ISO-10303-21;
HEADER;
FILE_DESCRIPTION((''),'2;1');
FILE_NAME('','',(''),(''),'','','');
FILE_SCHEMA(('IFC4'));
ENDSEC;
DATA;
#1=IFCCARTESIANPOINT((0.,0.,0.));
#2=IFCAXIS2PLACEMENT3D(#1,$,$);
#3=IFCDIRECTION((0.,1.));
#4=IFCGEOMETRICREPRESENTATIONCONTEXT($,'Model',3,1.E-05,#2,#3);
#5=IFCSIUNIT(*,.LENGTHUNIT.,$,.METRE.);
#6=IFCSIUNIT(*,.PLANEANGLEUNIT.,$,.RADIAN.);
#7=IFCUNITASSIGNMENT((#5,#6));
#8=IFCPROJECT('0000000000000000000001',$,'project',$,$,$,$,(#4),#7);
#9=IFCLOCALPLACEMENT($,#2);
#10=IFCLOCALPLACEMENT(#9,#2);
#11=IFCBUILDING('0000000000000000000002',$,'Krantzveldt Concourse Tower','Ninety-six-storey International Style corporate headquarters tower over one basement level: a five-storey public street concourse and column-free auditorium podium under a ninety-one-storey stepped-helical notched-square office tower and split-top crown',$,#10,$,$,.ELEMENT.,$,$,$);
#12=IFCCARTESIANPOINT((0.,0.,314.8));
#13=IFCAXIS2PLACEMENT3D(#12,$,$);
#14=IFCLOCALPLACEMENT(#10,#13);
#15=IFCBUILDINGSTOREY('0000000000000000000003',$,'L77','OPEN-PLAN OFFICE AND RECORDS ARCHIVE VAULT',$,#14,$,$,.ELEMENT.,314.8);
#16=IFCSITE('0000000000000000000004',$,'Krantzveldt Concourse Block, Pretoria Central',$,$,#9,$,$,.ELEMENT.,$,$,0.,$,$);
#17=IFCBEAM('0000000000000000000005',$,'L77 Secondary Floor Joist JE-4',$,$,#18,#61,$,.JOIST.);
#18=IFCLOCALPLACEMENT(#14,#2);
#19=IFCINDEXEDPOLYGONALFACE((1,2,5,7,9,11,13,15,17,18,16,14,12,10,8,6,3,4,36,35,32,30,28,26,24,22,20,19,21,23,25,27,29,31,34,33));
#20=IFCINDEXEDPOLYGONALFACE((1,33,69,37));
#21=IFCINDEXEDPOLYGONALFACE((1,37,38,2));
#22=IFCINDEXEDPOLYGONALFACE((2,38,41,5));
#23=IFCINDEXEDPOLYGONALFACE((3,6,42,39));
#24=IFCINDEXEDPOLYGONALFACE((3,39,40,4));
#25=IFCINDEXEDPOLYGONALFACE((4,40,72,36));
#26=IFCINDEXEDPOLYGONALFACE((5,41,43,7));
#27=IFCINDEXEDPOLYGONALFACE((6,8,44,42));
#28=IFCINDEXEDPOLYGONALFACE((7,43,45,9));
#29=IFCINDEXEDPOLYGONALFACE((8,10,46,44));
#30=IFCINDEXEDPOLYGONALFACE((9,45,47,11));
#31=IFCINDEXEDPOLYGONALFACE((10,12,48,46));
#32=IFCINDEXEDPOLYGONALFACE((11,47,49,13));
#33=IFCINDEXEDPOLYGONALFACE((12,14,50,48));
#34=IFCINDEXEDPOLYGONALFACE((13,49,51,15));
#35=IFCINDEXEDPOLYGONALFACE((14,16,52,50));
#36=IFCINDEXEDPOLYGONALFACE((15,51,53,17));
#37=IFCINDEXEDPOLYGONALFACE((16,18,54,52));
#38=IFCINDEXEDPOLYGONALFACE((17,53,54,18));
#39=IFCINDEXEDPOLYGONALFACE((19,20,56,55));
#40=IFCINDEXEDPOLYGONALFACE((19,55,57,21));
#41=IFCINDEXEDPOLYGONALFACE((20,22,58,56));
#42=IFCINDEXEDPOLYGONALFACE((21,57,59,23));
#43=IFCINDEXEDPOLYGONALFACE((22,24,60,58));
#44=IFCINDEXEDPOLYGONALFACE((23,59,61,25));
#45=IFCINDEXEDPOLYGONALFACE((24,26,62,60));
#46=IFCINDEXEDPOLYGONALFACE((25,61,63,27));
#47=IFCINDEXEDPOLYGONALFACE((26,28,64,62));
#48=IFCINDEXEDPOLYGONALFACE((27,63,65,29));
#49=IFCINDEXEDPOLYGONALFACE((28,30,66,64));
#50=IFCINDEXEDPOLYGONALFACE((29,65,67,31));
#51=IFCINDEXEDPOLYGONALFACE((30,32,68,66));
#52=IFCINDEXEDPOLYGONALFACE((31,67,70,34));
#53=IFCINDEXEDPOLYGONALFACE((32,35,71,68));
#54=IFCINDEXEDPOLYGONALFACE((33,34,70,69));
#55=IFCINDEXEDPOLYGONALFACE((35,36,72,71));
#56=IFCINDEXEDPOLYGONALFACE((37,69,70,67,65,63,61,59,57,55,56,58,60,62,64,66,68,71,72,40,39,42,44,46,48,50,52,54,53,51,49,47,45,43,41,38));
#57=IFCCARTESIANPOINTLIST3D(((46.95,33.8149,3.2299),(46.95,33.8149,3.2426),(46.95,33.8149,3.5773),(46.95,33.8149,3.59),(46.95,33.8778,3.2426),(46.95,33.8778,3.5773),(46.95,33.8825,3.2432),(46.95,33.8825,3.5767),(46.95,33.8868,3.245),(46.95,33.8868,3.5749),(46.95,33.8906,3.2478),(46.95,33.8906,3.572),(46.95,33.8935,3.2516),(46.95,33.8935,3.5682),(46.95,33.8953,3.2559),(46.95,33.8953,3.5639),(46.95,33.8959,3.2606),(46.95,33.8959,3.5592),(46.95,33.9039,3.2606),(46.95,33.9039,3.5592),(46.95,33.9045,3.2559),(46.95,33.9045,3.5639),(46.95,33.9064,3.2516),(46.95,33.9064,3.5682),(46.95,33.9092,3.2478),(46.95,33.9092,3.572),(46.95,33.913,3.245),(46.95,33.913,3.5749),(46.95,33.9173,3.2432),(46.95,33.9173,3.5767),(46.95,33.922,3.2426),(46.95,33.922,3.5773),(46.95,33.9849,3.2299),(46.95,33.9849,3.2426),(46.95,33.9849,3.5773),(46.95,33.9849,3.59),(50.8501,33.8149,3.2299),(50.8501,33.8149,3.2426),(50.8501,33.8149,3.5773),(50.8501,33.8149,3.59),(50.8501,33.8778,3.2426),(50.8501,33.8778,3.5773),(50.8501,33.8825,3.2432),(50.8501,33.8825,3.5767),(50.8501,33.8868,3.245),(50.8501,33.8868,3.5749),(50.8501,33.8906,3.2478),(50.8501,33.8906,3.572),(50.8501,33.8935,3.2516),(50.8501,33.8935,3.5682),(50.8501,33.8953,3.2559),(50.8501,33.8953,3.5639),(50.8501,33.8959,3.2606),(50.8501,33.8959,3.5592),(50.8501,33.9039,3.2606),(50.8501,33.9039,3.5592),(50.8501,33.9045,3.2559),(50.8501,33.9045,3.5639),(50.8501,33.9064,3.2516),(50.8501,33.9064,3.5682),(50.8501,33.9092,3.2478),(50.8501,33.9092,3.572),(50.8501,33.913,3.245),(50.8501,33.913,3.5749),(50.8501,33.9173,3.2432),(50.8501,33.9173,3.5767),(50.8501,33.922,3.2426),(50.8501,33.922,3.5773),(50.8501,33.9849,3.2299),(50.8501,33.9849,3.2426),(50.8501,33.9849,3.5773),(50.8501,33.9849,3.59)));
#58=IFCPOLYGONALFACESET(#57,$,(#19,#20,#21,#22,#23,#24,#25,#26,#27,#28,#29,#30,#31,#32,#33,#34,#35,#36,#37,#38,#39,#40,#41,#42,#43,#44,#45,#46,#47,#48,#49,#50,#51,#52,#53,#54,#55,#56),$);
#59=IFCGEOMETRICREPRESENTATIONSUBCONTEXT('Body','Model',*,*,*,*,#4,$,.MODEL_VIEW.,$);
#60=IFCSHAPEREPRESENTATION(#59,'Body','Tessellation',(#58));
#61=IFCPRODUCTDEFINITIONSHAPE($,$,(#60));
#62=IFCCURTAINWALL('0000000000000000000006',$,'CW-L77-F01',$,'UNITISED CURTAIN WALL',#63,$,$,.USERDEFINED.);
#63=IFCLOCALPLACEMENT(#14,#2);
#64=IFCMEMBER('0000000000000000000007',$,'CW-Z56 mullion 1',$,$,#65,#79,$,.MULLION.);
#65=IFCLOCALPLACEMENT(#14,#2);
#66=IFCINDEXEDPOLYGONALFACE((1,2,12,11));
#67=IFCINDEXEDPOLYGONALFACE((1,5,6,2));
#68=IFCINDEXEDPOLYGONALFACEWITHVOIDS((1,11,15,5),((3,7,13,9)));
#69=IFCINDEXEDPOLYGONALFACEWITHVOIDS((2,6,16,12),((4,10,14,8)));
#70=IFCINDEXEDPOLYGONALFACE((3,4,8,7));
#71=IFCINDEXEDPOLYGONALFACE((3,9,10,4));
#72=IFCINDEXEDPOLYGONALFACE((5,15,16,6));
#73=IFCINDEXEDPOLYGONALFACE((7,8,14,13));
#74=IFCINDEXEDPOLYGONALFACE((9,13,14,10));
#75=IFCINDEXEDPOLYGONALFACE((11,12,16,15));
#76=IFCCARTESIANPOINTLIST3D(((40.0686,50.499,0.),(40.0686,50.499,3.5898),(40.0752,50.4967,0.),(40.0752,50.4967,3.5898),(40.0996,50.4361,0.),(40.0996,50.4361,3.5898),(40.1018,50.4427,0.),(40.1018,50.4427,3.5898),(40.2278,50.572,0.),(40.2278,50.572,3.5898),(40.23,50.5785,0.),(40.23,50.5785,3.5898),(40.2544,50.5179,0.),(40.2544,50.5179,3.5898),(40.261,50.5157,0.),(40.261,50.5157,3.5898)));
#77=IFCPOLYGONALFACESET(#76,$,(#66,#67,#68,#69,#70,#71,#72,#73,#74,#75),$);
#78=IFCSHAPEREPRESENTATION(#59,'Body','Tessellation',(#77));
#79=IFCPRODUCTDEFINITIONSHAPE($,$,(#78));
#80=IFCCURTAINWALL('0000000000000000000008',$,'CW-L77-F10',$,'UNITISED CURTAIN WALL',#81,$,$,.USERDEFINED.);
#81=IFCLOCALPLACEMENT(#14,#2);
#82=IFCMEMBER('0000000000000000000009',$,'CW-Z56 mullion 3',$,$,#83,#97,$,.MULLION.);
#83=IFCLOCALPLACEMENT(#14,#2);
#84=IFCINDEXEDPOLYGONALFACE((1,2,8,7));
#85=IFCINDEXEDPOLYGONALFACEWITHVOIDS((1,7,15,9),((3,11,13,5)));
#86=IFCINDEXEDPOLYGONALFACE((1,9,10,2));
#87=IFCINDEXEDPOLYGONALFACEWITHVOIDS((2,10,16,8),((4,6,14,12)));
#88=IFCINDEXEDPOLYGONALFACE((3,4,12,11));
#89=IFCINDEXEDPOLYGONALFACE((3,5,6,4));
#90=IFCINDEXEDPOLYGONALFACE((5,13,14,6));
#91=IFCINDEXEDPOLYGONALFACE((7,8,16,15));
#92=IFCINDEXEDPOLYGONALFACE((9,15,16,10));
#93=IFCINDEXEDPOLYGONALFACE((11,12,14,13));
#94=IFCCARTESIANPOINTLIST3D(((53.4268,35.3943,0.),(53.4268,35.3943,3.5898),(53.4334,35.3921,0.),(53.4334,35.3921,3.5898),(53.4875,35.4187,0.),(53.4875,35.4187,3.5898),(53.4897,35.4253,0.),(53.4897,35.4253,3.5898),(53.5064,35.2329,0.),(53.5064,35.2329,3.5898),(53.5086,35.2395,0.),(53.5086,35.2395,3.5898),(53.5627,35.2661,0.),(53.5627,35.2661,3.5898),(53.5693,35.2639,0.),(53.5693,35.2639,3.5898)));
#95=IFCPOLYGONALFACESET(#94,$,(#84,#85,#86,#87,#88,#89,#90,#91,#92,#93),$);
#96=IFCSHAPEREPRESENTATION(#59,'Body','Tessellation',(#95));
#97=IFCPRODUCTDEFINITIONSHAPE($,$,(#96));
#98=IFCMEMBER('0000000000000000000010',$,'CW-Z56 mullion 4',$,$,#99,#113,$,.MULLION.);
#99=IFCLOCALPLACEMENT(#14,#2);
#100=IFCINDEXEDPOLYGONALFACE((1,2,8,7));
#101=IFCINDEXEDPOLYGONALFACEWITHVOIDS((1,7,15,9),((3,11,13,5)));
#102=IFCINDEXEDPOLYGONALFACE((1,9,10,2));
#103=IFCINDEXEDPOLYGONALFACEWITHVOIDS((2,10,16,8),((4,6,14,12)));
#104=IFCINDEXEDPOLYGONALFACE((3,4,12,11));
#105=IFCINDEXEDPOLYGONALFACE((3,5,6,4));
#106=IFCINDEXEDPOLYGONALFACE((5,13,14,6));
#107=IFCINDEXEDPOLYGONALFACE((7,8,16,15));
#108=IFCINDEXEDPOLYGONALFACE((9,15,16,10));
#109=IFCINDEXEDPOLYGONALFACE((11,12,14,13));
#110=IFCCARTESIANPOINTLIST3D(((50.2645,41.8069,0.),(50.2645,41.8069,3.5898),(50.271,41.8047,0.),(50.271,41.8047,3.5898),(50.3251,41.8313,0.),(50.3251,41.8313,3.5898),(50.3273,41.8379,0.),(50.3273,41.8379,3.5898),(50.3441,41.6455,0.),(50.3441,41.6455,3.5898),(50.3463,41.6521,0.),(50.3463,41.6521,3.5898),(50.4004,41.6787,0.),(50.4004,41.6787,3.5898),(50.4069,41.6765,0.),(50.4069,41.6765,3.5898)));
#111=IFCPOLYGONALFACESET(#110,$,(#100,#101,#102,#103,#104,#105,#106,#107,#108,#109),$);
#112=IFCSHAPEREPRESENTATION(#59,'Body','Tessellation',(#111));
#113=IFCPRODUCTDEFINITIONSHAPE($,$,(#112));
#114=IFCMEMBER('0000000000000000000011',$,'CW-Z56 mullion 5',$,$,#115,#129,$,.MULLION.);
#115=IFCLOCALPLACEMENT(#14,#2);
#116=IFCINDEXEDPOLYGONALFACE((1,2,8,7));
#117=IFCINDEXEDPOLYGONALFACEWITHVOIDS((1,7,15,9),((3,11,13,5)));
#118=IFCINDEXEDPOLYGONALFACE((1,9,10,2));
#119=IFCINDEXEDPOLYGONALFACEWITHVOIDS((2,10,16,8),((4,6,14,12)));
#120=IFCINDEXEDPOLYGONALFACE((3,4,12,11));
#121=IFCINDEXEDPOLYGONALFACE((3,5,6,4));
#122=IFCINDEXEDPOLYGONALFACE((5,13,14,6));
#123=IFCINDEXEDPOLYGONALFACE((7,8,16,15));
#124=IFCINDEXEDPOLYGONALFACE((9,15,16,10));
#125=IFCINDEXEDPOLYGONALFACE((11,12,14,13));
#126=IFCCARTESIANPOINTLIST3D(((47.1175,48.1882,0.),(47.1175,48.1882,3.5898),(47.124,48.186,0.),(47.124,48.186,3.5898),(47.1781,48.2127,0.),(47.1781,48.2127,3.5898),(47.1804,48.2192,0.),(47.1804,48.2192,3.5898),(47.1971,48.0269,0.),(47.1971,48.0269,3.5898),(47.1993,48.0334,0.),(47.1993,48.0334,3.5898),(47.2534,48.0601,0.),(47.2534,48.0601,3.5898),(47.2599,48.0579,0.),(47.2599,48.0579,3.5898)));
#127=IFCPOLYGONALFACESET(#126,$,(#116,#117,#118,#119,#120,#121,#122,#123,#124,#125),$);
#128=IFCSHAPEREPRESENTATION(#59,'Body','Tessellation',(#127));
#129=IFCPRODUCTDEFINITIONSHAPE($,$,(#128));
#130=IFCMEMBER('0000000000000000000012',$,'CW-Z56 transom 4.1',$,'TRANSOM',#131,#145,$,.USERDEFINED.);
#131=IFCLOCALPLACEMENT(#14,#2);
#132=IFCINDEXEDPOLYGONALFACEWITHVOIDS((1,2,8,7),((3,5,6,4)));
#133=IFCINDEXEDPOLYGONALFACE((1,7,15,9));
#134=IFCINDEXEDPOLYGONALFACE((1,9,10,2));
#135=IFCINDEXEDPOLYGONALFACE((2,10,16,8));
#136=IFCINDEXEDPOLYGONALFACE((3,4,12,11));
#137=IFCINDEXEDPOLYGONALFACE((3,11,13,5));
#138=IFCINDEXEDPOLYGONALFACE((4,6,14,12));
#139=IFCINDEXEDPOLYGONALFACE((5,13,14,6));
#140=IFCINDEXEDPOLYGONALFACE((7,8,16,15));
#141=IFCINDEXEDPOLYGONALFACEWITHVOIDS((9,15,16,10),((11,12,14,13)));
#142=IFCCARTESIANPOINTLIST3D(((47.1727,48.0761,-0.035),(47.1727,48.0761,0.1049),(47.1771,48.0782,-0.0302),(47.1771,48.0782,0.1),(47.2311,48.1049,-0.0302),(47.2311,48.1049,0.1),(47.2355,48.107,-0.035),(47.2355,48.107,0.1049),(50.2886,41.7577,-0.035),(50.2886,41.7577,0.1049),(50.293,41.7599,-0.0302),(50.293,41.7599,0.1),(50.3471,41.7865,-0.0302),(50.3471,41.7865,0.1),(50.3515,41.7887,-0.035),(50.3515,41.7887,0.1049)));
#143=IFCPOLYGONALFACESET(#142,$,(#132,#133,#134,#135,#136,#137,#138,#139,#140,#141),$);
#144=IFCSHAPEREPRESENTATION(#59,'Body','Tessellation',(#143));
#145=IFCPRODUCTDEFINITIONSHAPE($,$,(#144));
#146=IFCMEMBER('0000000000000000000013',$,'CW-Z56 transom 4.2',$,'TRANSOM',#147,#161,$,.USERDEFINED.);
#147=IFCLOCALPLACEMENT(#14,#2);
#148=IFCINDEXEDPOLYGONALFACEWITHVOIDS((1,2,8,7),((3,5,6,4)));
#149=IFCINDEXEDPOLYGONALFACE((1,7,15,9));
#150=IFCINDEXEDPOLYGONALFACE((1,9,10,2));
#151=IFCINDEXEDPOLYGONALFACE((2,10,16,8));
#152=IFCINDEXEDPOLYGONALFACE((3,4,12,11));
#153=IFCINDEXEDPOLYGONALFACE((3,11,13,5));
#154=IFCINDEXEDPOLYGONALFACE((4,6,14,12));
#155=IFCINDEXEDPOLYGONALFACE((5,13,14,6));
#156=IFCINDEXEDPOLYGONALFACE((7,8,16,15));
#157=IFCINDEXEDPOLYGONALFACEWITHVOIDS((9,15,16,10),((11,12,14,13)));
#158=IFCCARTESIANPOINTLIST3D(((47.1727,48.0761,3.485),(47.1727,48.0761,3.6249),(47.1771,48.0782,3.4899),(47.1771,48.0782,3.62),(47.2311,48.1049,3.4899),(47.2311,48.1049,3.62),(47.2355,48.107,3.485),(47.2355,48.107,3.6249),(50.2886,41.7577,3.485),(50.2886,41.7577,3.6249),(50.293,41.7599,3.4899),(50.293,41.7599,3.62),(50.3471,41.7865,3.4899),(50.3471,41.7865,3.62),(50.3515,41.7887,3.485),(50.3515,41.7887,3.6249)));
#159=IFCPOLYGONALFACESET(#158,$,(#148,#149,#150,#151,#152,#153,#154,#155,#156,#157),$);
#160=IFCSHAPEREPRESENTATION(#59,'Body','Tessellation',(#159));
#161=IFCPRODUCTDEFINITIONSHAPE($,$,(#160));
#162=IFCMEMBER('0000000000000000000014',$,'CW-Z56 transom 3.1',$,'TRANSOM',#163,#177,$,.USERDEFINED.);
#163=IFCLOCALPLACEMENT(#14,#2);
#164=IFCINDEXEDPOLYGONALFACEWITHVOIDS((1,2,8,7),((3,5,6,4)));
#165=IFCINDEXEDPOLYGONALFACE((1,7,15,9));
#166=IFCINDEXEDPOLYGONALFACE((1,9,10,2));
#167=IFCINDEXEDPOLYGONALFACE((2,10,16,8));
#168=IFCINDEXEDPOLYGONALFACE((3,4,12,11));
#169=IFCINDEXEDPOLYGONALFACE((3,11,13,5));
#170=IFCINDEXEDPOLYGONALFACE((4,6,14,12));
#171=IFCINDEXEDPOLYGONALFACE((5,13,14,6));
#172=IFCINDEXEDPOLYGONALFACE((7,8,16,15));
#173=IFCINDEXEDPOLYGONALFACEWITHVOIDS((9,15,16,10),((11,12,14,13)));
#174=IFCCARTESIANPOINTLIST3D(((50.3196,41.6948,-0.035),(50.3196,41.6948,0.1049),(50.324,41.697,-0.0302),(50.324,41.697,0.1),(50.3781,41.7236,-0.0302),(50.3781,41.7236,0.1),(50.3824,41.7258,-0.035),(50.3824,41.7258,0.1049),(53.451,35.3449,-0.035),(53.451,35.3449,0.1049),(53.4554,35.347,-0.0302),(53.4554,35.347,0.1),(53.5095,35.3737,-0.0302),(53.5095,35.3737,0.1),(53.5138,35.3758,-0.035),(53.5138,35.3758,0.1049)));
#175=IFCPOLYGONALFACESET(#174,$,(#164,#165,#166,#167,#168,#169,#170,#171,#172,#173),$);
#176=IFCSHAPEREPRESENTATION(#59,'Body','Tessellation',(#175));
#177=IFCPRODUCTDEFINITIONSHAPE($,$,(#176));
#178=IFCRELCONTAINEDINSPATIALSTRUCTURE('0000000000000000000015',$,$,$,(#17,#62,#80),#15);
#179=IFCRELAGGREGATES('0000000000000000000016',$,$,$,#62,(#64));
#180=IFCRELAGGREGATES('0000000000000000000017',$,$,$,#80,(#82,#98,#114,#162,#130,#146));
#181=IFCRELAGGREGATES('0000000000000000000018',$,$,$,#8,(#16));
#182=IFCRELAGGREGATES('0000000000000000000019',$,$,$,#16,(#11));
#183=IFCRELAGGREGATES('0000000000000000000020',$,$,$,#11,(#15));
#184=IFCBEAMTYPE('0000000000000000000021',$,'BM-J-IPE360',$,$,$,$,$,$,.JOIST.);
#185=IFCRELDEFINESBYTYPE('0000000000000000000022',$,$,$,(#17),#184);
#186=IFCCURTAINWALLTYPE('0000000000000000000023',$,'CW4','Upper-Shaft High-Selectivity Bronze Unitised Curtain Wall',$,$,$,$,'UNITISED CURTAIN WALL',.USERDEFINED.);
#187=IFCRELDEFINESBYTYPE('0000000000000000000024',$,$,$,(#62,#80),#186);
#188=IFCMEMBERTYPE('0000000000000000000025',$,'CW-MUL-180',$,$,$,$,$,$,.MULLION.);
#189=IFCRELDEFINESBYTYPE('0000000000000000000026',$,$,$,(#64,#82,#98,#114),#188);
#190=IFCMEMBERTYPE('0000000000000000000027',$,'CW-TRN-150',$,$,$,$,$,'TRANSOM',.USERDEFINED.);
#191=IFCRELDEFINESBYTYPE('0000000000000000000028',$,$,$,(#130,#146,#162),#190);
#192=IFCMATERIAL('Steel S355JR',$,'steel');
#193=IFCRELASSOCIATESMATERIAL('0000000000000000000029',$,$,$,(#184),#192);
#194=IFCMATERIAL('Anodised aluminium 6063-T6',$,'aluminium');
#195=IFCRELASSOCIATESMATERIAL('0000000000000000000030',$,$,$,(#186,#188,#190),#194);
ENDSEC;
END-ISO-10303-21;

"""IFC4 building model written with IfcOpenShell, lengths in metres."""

from ifc_helpers import new_model, si_unit, direction, frame, origin, origin_2d, place, context, subcontext, project, spatial, hollow_rectangle, i_section, extrude, source, transform, mapped, material, material_profile, profile_set, type_object, type_shapes, element, aggregate, save


model = new_model("IFC4")

# Units and contexts
model_context = context("Model", 3, precision=1e-05, world=origin(), true_north=direction((0.0, 1.0)))
body_context = subcontext(model_context, "Body", "Model", "MODEL_VIEW")
ifc_project = project(units=[si_unit("LENGTHUNIT", "METRE"), si_unit("PLANEANGLEUNIT", "RADIAN")], contexts=[model_context])

# Site, building, storey
site_placement = place(None, origin())
site = spatial("IfcSite", under=ifc_project, at=site_placement, Name="Krantzveldt Concourse Block, Pretoria Central", CompositionType="ELEMENT", RefElevation=0.0)
building_placement = place(site_placement, origin())
building = spatial("IfcBuilding", under=site, at=building_placement, Name="Krantzveldt Concourse Tower", Description="Ninety-six-storey International Style corporate headquarters tower over one basement level: a five-storey public street concourse and column-free auditorium podium under a ninety-one-storey stepped-helical notched-square office tower and split-top crown", CompositionType="ELEMENT")
storey_placement = place(building_placement, frame((0.0, 0.0, 314.8)))
storey = spatial("IfcBuildingStorey", under=building, at=storey_placement, Name="L77", Description="OPEN-PLAN OFFICE AND RECORDS ARCHIVE VAULT", CompositionType="ELEMENT", Elevation=314.8)

# Beam
ifc_material_1 = material(Name="Steel S355JR", Category="steel")
ifc_material_profile_1 = material_profile(ifc_material_1, i_section(OverallWidth=0.1699, OverallDepth=0.3601, WebThickness=0.0081, FlangeThickness=0.0127, FilletRadius=0.0181, at=origin_2d()), Name="Steel S355JR", Category="steel")
ifc_profile_set_1 = profile_set([ifc_material_profile_1], Name="Steel S355JR - IPE 360")
beam_type_1 = type_object("IfcBeamType", Name="BM-J-IPE360", PredefinedType="JOIST", material=ifc_profile_set_1)
shared_shape_1 = source(origin(), body_context, "Body", "SweptSolid", [
    extrude(i_section(OverallWidth=0.1699, OverallDepth=0.3601, WebThickness=0.0081, FlangeThickness=0.0127, FilletRadius=0.0181, at=origin_2d()), origin(), (0.0, 0.0, 1.0), 3.9001),
])
type_shapes(beam_type_1, [shared_shape_1])
beam_1_placement = place(storey_placement, frame((46.95, 33.8999, 3.4099), z_axis=(1.0, 0.0, 0.0), x_axis=(0.0, 1.0, 0.0)))
element("IfcBeam", 1, at=beam_1_placement, inside=storey, type_object=beam_type_1, Name="L77 Secondary Floor Joist JE-4", PredefinedType="JOIST", context=body_context, shape_type="MappedRepresentation", body=[
    mapped(shared_shape_1, transform((0.0, 0.0, 0.0), x_axis=(1.0, 0.0, 0.0), y_axis=(0.0, 1.0, 0.0), z_axis=(0.0, 0.0, 1.0), scale=1.0)),
])

# Curtain wall, member
ifc_material_2 = material(Name="Anodised aluminium 6063-T6", Category="aluminium")
curtain_wall_type = type_object("IfcCurtainWallType", Name="CW4", Description="Upper-Shaft High-Selectivity Bronze Unitised Curtain Wall", ElementType="UNITISED CURTAIN WALL", PredefinedType="USERDEFINED", material=ifc_material_2)
curtain_wall_1_placement = place(storey_placement, origin())
curtain_wall_1 = element("IfcCurtainWall", 2, at=curtain_wall_1_placement, inside=storey, type_object=curtain_wall_type, Name="CW-L77-F01", ObjectType="UNITISED CURTAIN WALL", PredefinedType="USERDEFINED")
ifc_material_profile_2 = material_profile(ifc_material_2, hollow_rectangle(XDim=0.0701, YDim=0.1799, WallThickness=0.0049, at=origin_2d()), Name="Anodised aluminium 6063-T6", Category="aluminium")
ifc_profile_set_2 = profile_set([ifc_material_profile_2], Name="Anodised aluminium 6063-T6 - ALU-MULL 180x70x5")
member_type_1 = type_object("IfcMemberType", Name="CW-MUL-180", PredefinedType="MULLION", material=ifc_profile_set_2)
shared_shape_2 = source(origin(), body_context, "Body", "SweptSolid", [
    extrude(hollow_rectangle(XDim=0.0701, YDim=0.1799, WallThickness=0.0049, at=origin_2d()), origin(), (0.0, 0.0, 1.0), 3.5898),
])
type_shapes(member_type_1, [shared_shape_2])
member_1_placement = place(storey_placement, frame((40.1648, 50.5073, 0.0), z_axis=(0.0, 0.0, 1.0), x_axis=(0.442289, -0.896873, 0.0)))
member_1 = element("IfcMember", 3, at=member_1_placement, type_object=member_type_1, Name="CW-Z56 mullion 1", PredefinedType="MULLION", context=body_context, shape_type="MappedRepresentation", body=[
    mapped(shared_shape_2, transform((0.0, 0.0, 0.0), x_axis=(1.0, 0.0, 0.0), y_axis=(0.0, 1.0, 0.0), z_axis=(0.0, 0.0, 1.0), scale=1.0)),
])

# Curtain wall, members
curtain_wall_2_placement = place(storey_placement, origin())
curtain_wall_2 = element("IfcCurtainWall", 4, at=curtain_wall_2_placement, inside=storey, type_object=curtain_wall_type, Name="CW-L77-F10", ObjectType="UNITISED CURTAIN WALL", PredefinedType="USERDEFINED")
member_2_placement = place(storey_placement, frame((53.498, 35.3291, 0.0), z_axis=(0.0, 0.0, 1.0), x_axis=(-0.896873, -0.442289, 0.0)))
member_2 = element("IfcMember", 5, at=member_2_placement, type_object=member_type_1, Name="CW-Z56 mullion 3", PredefinedType="MULLION", context=body_context, shape_type="MappedRepresentation", body=[
    mapped(shared_shape_2, transform((0.0, 0.0, 0.0), x_axis=(1.0, 0.0, 0.0), y_axis=(0.0, 1.0, 0.0), z_axis=(0.0, 0.0, 1.0), scale=1.0)),
])
member_3_placement = place(storey_placement, frame((50.3357, 41.7417, 0.0), z_axis=(0.0, 0.0, 1.0), x_axis=(-0.896873, -0.442289, 0.0)))
member_3 = element("IfcMember", 6, at=member_3_placement, type_object=member_type_1, Name="CW-Z56 mullion 4", PredefinedType="MULLION", context=body_context, shape_type="MappedRepresentation", body=[
    mapped(shared_shape_2, transform((0.0, 0.0, 0.0), x_axis=(1.0, 0.0, 0.0), y_axis=(0.0, 1.0, 0.0), z_axis=(0.0, 0.0, 1.0), scale=1.0)),
])
member_4_placement = place(storey_placement, frame((47.1887, 48.123, 0.0), z_axis=(0.0, 0.0, 1.0), x_axis=(-0.896873, -0.442289, 0.0)))
member_4 = element("IfcMember", 7, at=member_4_placement, type_object=member_type_1, Name="CW-Z56 mullion 5", PredefinedType="MULLION", context=body_context, shape_type="MappedRepresentation", body=[
    mapped(shared_shape_2, transform((0.0, 0.0, 0.0), x_axis=(1.0, 0.0, 0.0), y_axis=(0.0, 1.0, 0.0), z_axis=(0.0, 0.0, 1.0), scale=1.0)),
])
ifc_material_profile_3 = material_profile(ifc_material_2, hollow_rectangle(XDim=0.0701, YDim=0.1399, WallThickness=0.0049, at=origin_2d()), Name="Anodised aluminium 6063-T6", Category="aluminium")
ifc_profile_set_3 = profile_set([ifc_material_profile_3], Name="Anodised aluminium 6063-T6 - ALU-TRAN 140x70x5")
member_type_2 = type_object("IfcMemberType", Name="CW-TRN-150", ElementType="TRANSOM", PredefinedType="USERDEFINED", material=ifc_profile_set_3)
shared_shape_3 = source(origin(), body_context, "Body", "SweptSolid", [
    extrude(hollow_rectangle(XDim=0.0701, YDim=0.1399, WallThickness=0.0049, at=origin_2d()), origin(), (0.0, 0.0, 1.0), 7.0449),
])
member_5_placement = place(storey_placement, frame((50.3201, 41.7732, 0.0349), z_axis=(-0.4423, 0.896867, 0.0), x_axis=(-0.896867, -0.4423, 0.0)))
member_5 = element("IfcMember", 8, at=member_5_placement, type_object=member_type_2, Name="CW-Z56 transom 4.1", ObjectType="TRANSOM", PredefinedType="USERDEFINED", context=body_context, shape_type="MappedRepresentation", body=[
    mapped(shared_shape_3, transform((0.0, 0.0, 0.0), x_axis=(1.0, 0.0, 0.0), y_axis=(0.0, 1.0, 0.0), z_axis=(0.0, 0.0, 1.0), scale=1.0)),
])
member_6_placement = place(storey_placement, frame((50.3201, 41.7732, 3.5549), z_axis=(-0.4423, 0.896867, 0.0), x_axis=(-0.896867, -0.4423, 0.0)))
member_6 = element("IfcMember", 9, at=member_6_placement, type_object=member_type_2, Name="CW-Z56 transom 4.2", ObjectType="TRANSOM", PredefinedType="USERDEFINED", context=body_context, shape_type="MappedRepresentation", body=[
    mapped(shared_shape_3, transform((0.0, 0.0, 0.0), x_axis=(1.0, 0.0, 0.0), y_axis=(0.0, 1.0, 0.0), z_axis=(0.0, 0.0, 1.0), scale=1.0)),
])
shared_shape_4 = source(origin(), body_context, "Body", "SweptSolid", [
    extrude(hollow_rectangle(XDim=0.0701, YDim=0.1399, WallThickness=0.0049, at=origin_2d()), origin(), (0.0, 0.0, 1.0), 7.0801),
])
member_7_placement = place(storey_placement, frame((53.4824, 35.3604, 0.0349), z_axis=(-0.442283, 0.896876, 0.0), x_axis=(-0.896876, -0.442283, 0.0)))
member_7 = element("IfcMember", 10, at=member_7_placement, type_object=member_type_2, Name="CW-Z56 transom 3.1", ObjectType="TRANSOM", PredefinedType="USERDEFINED", context=body_context, shape_type="MappedRepresentation", body=[
    mapped(shared_shape_4, transform((0.0, 0.0, 0.0), x_axis=(1.0, 0.0, 0.0), y_axis=(0.0, 1.0, 0.0), z_axis=(0.0, 0.0, 1.0), scale=1.0)),
])

aggregate(curtain_wall_1, [member_1])
aggregate(curtain_wall_2, [member_2, member_3, member_4, member_7, member_5, member_6])

save(model, "model.ifc")
